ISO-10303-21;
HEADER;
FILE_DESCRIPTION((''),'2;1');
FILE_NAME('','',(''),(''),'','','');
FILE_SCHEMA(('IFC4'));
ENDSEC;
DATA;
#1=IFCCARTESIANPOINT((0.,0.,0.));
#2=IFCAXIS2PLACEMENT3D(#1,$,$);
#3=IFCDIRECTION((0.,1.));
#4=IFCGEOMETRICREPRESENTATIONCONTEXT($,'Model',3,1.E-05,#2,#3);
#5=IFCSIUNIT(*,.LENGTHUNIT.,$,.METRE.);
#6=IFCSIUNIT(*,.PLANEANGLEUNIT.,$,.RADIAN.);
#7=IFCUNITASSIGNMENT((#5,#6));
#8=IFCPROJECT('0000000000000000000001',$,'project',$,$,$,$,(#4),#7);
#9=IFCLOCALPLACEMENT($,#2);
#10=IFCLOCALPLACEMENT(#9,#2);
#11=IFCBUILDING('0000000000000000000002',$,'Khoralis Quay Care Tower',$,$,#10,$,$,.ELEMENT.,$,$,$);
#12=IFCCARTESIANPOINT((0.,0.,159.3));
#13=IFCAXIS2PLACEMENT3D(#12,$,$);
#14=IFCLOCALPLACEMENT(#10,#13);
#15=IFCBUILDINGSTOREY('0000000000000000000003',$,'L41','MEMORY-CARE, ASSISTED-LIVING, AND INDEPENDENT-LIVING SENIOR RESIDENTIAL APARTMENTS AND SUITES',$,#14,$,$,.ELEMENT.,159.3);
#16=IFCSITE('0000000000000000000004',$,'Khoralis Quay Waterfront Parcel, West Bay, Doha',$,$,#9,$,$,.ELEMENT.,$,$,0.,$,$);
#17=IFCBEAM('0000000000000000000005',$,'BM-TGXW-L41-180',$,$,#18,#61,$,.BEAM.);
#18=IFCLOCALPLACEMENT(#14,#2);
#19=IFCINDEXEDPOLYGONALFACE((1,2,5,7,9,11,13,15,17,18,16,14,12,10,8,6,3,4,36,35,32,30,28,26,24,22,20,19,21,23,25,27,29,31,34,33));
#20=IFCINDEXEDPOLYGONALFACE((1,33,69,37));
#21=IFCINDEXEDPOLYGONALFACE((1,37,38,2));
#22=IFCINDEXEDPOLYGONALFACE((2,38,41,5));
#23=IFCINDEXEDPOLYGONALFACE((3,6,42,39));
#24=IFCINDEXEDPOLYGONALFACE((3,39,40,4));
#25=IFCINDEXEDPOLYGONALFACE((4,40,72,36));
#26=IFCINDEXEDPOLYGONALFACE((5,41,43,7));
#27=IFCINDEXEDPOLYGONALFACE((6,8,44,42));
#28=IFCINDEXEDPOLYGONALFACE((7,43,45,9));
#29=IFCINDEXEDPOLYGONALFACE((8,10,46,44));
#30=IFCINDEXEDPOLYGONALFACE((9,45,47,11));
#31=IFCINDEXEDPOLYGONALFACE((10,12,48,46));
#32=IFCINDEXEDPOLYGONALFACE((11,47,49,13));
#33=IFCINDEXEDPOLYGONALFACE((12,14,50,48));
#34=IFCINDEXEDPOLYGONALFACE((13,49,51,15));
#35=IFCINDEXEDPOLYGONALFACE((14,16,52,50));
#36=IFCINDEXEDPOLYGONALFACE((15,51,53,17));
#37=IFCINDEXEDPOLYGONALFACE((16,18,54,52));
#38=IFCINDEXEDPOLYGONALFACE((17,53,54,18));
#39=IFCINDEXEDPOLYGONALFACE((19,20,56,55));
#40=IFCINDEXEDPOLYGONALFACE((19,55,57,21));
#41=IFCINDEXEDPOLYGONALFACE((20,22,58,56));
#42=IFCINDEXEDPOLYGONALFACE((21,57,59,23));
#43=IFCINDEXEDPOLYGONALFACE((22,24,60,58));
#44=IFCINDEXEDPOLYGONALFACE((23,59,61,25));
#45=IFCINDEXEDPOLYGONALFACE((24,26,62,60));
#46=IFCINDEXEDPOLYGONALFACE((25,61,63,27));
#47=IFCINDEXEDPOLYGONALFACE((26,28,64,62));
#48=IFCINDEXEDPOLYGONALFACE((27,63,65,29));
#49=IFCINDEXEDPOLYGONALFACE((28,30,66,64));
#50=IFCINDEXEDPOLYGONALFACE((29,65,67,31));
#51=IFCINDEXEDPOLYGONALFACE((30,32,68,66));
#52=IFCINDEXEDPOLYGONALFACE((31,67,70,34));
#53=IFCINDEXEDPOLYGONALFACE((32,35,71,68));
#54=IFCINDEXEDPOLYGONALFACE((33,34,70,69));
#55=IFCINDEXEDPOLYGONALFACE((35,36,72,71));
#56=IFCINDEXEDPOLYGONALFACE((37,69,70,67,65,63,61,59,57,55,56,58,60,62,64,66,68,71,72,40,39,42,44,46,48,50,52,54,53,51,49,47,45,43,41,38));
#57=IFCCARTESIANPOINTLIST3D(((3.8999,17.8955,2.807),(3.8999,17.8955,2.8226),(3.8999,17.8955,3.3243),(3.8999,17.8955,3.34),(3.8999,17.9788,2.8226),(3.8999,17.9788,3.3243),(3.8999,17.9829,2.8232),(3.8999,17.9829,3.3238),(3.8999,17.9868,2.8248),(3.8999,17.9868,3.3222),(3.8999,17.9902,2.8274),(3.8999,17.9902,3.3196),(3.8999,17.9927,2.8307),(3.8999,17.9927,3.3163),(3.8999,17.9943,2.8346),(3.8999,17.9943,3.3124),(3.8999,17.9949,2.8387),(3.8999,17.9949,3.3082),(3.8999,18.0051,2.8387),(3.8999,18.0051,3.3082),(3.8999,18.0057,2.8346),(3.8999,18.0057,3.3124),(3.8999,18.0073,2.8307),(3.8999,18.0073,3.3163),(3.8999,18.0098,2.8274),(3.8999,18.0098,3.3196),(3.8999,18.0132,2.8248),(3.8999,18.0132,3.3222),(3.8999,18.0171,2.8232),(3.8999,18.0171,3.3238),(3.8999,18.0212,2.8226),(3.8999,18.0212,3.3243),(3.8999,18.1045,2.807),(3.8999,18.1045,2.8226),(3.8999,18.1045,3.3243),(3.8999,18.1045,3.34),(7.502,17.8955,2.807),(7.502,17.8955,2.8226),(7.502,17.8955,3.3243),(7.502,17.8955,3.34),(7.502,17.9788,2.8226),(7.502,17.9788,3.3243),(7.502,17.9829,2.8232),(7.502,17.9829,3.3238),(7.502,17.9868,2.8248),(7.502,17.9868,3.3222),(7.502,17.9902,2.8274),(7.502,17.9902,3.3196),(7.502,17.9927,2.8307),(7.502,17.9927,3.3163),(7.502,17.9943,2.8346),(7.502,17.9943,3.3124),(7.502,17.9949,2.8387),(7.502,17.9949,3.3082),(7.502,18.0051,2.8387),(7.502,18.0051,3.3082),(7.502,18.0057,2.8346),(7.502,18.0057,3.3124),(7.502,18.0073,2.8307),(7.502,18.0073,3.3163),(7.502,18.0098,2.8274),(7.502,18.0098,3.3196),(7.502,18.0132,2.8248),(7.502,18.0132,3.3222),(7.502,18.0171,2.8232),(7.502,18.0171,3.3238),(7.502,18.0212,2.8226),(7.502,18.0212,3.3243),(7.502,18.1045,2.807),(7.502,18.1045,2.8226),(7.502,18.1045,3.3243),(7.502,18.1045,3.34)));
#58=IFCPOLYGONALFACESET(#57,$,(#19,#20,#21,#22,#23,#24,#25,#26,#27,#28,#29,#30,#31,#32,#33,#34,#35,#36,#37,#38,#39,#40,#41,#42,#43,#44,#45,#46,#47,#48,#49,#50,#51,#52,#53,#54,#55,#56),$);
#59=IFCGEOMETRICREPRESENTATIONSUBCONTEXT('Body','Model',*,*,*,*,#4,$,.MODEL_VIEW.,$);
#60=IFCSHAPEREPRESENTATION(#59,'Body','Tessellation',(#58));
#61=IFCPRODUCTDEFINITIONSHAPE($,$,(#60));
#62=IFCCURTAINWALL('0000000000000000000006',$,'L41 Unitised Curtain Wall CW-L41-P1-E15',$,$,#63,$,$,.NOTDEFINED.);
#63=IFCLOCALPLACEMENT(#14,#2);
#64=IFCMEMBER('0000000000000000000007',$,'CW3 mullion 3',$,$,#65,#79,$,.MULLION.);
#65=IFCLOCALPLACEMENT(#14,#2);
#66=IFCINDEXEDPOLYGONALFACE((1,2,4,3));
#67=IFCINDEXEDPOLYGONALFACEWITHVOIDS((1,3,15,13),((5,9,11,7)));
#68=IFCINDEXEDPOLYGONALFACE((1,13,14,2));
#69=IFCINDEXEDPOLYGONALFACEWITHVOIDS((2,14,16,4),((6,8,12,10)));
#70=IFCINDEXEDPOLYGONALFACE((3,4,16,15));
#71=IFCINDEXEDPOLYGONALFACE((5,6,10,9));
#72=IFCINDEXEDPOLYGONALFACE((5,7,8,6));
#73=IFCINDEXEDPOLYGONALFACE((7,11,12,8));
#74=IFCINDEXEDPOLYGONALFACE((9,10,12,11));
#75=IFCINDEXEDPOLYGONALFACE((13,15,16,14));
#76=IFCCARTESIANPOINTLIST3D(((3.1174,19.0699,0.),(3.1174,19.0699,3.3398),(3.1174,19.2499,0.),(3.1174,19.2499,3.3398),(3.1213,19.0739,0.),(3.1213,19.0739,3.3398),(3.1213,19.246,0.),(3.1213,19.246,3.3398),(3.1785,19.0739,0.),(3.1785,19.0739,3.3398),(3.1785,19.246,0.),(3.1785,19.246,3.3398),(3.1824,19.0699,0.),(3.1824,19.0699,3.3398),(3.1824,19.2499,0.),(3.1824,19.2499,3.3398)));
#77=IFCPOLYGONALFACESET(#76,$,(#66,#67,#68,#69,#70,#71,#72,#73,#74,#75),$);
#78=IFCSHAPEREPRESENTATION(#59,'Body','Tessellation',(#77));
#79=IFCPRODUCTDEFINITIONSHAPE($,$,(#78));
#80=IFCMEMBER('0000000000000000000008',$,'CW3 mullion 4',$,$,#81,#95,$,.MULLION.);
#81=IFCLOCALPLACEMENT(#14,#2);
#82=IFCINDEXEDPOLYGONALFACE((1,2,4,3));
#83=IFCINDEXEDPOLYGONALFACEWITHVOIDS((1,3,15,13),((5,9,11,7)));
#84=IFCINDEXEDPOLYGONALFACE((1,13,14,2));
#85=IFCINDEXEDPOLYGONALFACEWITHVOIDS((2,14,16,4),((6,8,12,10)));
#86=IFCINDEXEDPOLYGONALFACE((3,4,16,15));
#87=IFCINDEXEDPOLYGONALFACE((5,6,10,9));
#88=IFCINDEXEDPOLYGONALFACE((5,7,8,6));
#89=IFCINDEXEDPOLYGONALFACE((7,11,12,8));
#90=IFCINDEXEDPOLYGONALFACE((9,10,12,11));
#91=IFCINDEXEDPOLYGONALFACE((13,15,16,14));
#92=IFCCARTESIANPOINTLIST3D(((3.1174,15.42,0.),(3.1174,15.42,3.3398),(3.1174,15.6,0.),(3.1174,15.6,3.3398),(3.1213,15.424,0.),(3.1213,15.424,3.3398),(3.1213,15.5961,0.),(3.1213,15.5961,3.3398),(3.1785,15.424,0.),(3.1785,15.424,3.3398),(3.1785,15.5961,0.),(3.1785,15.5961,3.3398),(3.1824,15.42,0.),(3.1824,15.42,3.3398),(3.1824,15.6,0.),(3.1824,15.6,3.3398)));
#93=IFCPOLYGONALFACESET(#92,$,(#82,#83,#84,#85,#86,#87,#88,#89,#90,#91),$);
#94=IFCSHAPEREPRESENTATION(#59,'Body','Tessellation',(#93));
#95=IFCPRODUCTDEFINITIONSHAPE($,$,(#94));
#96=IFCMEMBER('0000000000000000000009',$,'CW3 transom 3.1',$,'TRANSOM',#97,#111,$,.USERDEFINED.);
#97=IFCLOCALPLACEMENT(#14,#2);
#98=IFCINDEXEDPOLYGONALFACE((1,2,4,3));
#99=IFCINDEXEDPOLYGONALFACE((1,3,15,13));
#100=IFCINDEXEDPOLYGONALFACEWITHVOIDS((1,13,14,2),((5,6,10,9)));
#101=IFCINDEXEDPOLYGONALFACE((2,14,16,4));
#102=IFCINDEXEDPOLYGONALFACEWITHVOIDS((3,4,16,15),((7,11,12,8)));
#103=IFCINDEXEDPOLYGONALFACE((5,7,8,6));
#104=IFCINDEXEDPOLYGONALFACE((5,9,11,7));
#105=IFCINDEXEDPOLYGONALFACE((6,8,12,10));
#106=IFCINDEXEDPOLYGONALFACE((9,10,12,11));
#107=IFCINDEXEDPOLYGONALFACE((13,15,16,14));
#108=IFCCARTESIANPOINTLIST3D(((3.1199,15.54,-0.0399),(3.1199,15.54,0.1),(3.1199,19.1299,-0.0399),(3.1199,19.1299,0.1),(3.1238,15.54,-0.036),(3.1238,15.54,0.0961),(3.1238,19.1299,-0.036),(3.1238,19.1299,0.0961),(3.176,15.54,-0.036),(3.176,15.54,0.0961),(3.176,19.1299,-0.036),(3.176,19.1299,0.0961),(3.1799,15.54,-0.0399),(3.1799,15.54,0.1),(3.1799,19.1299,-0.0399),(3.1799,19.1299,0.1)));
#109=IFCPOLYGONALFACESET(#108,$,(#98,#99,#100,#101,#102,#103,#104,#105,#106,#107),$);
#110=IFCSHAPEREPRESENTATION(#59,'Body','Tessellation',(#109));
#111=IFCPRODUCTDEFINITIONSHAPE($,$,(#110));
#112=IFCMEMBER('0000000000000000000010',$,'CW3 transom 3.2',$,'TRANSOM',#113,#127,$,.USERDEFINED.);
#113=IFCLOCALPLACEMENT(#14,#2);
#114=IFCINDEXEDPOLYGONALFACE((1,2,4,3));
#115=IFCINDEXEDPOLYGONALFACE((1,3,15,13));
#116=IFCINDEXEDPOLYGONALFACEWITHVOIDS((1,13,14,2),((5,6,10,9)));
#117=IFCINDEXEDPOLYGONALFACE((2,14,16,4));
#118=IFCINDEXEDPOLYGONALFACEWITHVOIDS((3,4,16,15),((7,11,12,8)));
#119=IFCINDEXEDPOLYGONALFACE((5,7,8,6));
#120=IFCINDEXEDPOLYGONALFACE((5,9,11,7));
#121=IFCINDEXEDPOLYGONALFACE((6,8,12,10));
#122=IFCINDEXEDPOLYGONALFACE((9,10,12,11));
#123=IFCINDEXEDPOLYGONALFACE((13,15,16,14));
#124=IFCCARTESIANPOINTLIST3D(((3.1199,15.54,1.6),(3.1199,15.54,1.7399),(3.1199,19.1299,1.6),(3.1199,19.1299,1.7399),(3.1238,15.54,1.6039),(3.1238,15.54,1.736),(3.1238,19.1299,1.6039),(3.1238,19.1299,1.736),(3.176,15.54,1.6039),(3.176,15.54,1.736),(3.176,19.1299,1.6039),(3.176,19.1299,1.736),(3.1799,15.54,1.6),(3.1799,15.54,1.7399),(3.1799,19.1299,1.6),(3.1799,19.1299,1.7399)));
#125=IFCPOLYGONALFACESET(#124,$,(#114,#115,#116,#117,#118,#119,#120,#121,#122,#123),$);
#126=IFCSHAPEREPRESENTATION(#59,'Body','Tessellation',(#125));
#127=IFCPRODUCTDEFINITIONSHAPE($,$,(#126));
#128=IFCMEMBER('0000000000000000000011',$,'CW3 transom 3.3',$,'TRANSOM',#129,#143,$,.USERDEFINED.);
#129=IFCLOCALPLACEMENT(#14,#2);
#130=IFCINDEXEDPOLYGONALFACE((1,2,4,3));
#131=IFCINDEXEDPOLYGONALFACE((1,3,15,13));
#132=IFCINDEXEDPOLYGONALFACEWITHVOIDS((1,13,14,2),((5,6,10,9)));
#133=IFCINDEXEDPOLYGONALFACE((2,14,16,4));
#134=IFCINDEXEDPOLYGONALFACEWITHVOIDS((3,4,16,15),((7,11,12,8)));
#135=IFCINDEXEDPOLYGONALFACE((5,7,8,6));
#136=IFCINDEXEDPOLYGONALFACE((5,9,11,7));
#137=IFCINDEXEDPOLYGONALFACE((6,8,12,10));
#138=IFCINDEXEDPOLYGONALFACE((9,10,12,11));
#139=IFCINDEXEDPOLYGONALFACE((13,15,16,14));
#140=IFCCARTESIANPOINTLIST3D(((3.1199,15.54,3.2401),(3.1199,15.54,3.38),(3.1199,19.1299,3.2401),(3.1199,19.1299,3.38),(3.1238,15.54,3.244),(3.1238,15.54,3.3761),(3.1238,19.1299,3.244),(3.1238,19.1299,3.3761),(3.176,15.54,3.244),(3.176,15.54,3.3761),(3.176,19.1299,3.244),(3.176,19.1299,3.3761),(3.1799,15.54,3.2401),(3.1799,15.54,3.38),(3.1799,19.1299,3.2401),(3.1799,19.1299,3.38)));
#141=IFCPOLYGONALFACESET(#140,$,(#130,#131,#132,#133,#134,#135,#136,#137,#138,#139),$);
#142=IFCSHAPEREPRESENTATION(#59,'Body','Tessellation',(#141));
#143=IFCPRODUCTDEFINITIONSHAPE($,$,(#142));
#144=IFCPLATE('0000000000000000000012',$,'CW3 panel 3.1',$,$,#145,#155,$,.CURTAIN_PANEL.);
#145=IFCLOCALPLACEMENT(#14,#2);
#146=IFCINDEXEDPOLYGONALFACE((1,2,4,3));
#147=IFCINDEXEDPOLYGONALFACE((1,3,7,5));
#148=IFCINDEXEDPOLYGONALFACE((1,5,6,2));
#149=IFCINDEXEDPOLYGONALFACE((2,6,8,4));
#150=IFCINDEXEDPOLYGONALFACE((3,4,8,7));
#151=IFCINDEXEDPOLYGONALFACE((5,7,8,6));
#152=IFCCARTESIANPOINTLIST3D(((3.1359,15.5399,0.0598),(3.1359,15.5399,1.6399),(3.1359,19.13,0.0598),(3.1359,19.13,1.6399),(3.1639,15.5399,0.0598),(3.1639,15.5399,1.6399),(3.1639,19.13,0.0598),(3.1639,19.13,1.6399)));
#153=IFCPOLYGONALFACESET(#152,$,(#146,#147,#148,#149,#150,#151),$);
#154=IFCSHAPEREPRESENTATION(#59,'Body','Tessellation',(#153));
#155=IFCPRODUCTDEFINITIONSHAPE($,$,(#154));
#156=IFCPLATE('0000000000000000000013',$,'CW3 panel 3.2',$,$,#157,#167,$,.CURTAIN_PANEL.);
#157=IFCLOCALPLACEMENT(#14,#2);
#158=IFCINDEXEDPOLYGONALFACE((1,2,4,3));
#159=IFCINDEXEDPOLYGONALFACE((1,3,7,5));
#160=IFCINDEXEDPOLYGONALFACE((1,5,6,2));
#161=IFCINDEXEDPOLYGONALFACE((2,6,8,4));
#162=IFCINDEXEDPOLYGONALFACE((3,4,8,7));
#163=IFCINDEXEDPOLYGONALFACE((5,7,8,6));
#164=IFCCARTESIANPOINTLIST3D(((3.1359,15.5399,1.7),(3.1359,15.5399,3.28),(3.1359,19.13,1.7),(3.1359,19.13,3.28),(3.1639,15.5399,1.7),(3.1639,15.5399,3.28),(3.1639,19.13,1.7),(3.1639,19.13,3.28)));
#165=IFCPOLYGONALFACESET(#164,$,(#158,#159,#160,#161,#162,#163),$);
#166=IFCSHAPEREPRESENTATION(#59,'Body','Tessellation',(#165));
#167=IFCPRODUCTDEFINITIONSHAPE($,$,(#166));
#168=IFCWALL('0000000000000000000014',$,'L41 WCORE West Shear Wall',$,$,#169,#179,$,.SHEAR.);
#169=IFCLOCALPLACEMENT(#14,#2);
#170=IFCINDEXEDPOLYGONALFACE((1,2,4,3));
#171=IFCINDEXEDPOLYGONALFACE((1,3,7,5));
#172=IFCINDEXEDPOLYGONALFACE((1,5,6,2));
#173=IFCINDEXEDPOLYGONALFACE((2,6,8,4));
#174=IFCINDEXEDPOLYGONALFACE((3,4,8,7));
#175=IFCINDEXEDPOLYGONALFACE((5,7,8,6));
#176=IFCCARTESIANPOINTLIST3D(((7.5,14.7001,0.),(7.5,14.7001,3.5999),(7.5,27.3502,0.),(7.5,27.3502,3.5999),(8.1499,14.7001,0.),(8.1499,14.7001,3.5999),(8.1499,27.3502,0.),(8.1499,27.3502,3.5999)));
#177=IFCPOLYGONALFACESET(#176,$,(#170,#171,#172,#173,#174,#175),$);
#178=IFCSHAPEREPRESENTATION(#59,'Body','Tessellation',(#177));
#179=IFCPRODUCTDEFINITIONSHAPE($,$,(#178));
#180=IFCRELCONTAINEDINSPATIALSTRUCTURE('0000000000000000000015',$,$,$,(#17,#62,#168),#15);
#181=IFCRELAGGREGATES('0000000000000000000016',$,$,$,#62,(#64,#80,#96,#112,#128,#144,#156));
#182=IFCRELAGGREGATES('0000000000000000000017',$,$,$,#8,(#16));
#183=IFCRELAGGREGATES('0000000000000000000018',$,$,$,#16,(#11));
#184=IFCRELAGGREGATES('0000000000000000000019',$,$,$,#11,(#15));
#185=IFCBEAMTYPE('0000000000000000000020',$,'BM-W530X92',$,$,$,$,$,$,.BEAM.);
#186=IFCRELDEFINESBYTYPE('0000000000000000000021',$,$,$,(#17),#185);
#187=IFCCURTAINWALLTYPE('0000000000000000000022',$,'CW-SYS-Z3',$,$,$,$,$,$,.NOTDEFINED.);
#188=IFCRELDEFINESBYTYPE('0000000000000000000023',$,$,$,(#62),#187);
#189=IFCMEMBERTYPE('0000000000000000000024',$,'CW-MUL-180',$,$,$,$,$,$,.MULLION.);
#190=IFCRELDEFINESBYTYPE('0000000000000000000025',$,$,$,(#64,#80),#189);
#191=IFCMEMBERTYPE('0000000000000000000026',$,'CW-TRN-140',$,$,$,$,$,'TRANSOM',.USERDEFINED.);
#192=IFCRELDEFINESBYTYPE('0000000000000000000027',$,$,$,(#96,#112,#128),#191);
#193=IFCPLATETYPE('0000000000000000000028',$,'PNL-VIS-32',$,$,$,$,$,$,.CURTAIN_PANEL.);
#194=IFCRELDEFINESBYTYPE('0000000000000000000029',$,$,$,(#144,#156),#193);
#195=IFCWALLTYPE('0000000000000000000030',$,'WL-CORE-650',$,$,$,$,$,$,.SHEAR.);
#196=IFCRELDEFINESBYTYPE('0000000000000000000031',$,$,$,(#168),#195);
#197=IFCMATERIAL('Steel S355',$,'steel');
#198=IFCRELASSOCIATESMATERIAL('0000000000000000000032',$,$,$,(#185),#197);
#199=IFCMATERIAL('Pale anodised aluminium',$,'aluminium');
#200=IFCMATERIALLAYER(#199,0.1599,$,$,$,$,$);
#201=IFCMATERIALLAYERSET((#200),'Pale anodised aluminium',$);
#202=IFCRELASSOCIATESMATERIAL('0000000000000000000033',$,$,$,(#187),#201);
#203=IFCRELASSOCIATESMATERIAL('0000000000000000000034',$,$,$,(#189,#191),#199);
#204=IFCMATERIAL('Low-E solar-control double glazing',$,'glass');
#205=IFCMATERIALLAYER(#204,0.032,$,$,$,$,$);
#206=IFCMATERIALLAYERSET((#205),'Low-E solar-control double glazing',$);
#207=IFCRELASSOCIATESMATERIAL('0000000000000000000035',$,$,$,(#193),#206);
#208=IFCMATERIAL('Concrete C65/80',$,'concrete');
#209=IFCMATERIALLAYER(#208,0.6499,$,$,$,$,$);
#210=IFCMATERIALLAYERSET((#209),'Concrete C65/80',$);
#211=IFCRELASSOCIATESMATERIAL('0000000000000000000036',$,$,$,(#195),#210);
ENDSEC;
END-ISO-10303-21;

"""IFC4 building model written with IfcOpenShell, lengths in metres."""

from ifc_helpers import new_model, si_unit, direction, frame, frame_2d, origin, origin_2d, place, context, subcontext, project, spatial, rectangle, hollow_rectangle, i_section, extrude, source, transform, mapped, material, layer, layer_set, material_profile, profile_set, type_object, element, aggregate, save


model = new_model("IFC4")

# Units and contexts
model_context = context("Model", 3, precision=1e-05, world=origin(), true_north=direction((0.0, 1.0)))
body_context = subcontext(model_context, "Body", "Model", "MODEL_VIEW")
ifc_project = project(units=[si_unit("LENGTHUNIT", "METRE"), si_unit("PLANEANGLEUNIT", "RADIAN")], contexts=[model_context])

# Site, building, storey
site_placement = place(None, origin())
site = spatial("IfcSite", under=ifc_project, at=site_placement, Name="Khoralis Quay Waterfront Parcel, West Bay, Doha", CompositionType="ELEMENT", RefElevation=0.0)
building_placement = place(site_placement, origin())
building = spatial("IfcBuilding", under=site, at=building_placement, Name="Khoralis Quay Care Tower", CompositionType="ELEMENT")
storey_placement = place(building_placement, frame((0.0, 0.0, 159.3)))
storey = spatial("IfcBuildingStorey", under=building, at=storey_placement, Name="L41", Description="MEMORY-CARE, ASSISTED-LIVING, AND INDEPENDENT-LIVING SENIOR RESIDENTIAL APARTMENTS AND SUITES", CompositionType="ELEMENT", Elevation=159.3)

# Shared definitions
ifc_material_1 = material(Name="Concrete C65/80", Category="concrete")

# Beam
ifc_material_2 = material(Name="Steel S355", Category="steel")
ifc_material_profile_1 = material_profile(ifc_material_2, i_section(OverallWidth=0.209, OverallDepth=0.533, WebThickness=0.0103, FlangeThickness=0.0156, FilletRadius=0.0161, at=origin_2d()), Name="Steel S355")
ifc_profile_set_1 = profile_set([ifc_material_profile_1], Name="Steel S355")
beam_type_1 = type_object("IfcBeamType", Name="BM-W530X92", PredefinedType="BEAM", material=ifc_profile_set_1)
shared_shape_1 = source(origin(), body_context, "Body", "SweptSolid", [
    extrude(i_section(OverallWidth=0.209, OverallDepth=0.533, WebThickness=0.0103, FlangeThickness=0.0156, FilletRadius=0.0161, at=origin_2d()), origin(), (0.0, 0.0, 1.0), 3.6021),
])
beam_1_placement = place(storey_placement, frame((3.8999, 18.0, 3.0735), z_axis=(1.0, 0.0, 0.0), x_axis=(0.0, 1.0, 0.0)))
element("IfcBeam", 1, at=beam_1_placement, inside=storey, type_object=beam_type_1, Name="BM-TGXW-L41-180", PredefinedType="BEAM", context=body_context, shape_type="MappedRepresentation", body=[
    mapped(shared_shape_1, transform((0.0, 0.0, 0.0), scale=1.0)),
])

# Curtain wall, members, plates
ifc_material_3 = material(Name="Pale anodised aluminium", Category="aluminium")
ifc_layer_1 = layer(ifc_material_3, 0.1599)
ifc_layer_set_1 = layer_set([ifc_layer_1], Name="Pale anodised aluminium")
curtain_wall_type = type_object("IfcCurtainWallType", Name="CW-SYS-Z3", PredefinedType="NOTDEFINED", material=ifc_layer_set_1)
curtain_wall_placement = place(storey_placement, origin())
curtain_wall = element("IfcCurtainWall", 2, at=curtain_wall_placement, inside=storey, type_object=curtain_wall_type, Name="L41 Unitised Curtain Wall CW-L41-P1-E15", PredefinedType="NOTDEFINED")
ifc_material_profile_2 = material_profile(ifc_material_3, hollow_rectangle(XDim=0.0649, YDim=0.1799, WallThickness=0.0039, at=origin_2d()), Name="Pale anodised aluminium")
ifc_profile_set_2 = profile_set([ifc_material_profile_2], Name="Pale anodised aluminium")
member_type_1 = type_object("IfcMemberType", Name="CW-MUL-180", PredefinedType="MULLION", material=ifc_profile_set_2)
shared_shape_2 = source(origin(), body_context, "Body", "SweptSolid", [
    extrude(hollow_rectangle(XDim=0.0649, YDim=0.1799, WallThickness=0.0039, at=origin_2d()), origin(), (0.0, 0.0, 1.0), 3.3398),
])
member_1_placement = place(storey_placement, frame((3.1499, 19.1599, 0.0), z_axis=(0.0, 0.0, 1.0), x_axis=(1.0, 0.0, 0.0)))
member_1 = element("IfcMember", 3, at=member_1_placement, type_object=member_type_1, Name="CW3 mullion 3", PredefinedType="MULLION", context=body_context, shape_type="MappedRepresentation", body=[
    mapped(shared_shape_2, transform((0.0, 0.0, 0.0), scale=1.0)),
])
member_2_placement = place(storey_placement, frame((3.1499, 15.51, 0.0), z_axis=(0.0, 0.0, 1.0), x_axis=(1.0, 0.0, 0.0)))
member_2 = element("IfcMember", 4, at=member_2_placement, type_object=member_type_1, Name="CW3 mullion 4", PredefinedType="MULLION", context=body_context, shape_type="MappedRepresentation", body=[
    mapped(shared_shape_2, transform((0.0, 0.0, 0.0), scale=1.0)),
])
ifc_material_profile_3 = material_profile(ifc_material_3, hollow_rectangle(XDim=0.0601, YDim=0.1399, WallThickness=0.0039, at=origin_2d()), Name="Pale anodised aluminium")
ifc_profile_set_3 = profile_set([ifc_material_profile_3], Name="Pale anodised aluminium")
member_type_2 = type_object("IfcMemberType", Name="CW-TRN-140", ElementType="TRANSOM", PredefinedType="USERDEFINED", material=ifc_profile_set_3)
shared_shape_3 = source(origin(), body_context, "Body", "SweptSolid", [
    extrude(hollow_rectangle(XDim=0.0601, YDim=0.1399, WallThickness=0.0039, at=origin_2d()), origin(), (0.0, 0.0, 1.0), 3.5898),
])
member_3_placement = place(storey_placement, frame((3.1499, 19.1299, 0.03), z_axis=(0.0, -1.0, 0.0), x_axis=(1.0, 0.0, 0.0)))
member_3 = element("IfcMember", 5, at=member_3_placement, type_object=member_type_2, Name="CW3 transom 3.1", ObjectType="TRANSOM", PredefinedType="USERDEFINED", context=body_context, shape_type="MappedRepresentation", body=[
    mapped(shared_shape_3, transform((0.0, 0.0, 0.0), scale=1.0)),
])
member_4_placement = place(storey_placement, frame((3.1499, 19.1299, 1.6699), z_axis=(0.0, -1.0, 0.0), x_axis=(1.0, 0.0, 0.0)))
member_4 = element("IfcMember", 6, at=member_4_placement, type_object=member_type_2, Name="CW3 transom 3.2", ObjectType="TRANSOM", PredefinedType="USERDEFINED", context=body_context, shape_type="MappedRepresentation", body=[
    mapped(shared_shape_3, transform((0.0, 0.0, 0.0), scale=1.0)),
])
member_5_placement = place(storey_placement, frame((3.1499, 19.1299, 3.3101), z_axis=(0.0, -1.0, 0.0), x_axis=(1.0, 0.0, 0.0)))
member_5 = element("IfcMember", 7, at=member_5_placement, type_object=member_type_2, Name="CW3 transom 3.3", ObjectType="TRANSOM", PredefinedType="USERDEFINED", context=body_context, shape_type="MappedRepresentation", body=[
    mapped(shared_shape_3, transform((0.0, 0.0, 0.0), scale=1.0)),
])
ifc_material_4 = material(Name="Low-E solar-control double glazing", Category="glass")
ifc_layer_2 = layer(ifc_material_4, 0.032)
ifc_layer_set_2 = layer_set([ifc_layer_2], Name="Low-E solar-control double glazing")
plate_type = type_object("IfcPlateType", Name="PNL-VIS-32", PredefinedType="CURTAIN_PANEL", material=ifc_layer_set_2)
shared_shape_4 = source(origin(), body_context, "Body", "SweptSolid", [
    extrude(rectangle(XDim=3.5901, YDim=0.0281, at=origin_2d()), origin(), (0.0, 0.0, 1.0), 1.5801),
])
plate_1_placement = place(storey_placement, frame((3.1499, 17.335, 0.0598), z_axis=(0.0, 0.0, 1.0), x_axis=(0.0, -1.0, 0.0)))
plate_1 = element("IfcPlate", 8, at=plate_1_placement, type_object=plate_type, Name="CW3 panel 3.1", PredefinedType="CURTAIN_PANEL", context=body_context, shape_type="MappedRepresentation", body=[
    mapped(shared_shape_4, transform((0.0, 0.0, 0.0), scale=1.0)),
])
plate_2_placement = place(storey_placement, frame((3.1499, 17.335, 1.7), z_axis=(0.0, 0.0, 1.0), x_axis=(0.0, -1.0, 0.0)))
plate_2 = element("IfcPlate", 9, at=plate_2_placement, type_object=plate_type, Name="CW3 panel 3.2", PredefinedType="CURTAIN_PANEL", context=body_context, shape_type="MappedRepresentation", body=[
    mapped(shared_shape_4, transform((0.0, 0.0, 0.0), scale=1.0)),
])
aggregate(curtain_wall, [member_1, member_2, member_3, member_4, member_5, plate_1, plate_2])

# Wall
ifc_layer_3 = layer(ifc_material_1, 0.6499)
ifc_layer_set_3 = layer_set([ifc_layer_3], Name="Concrete C65/80")
wall_type_1 = type_object("IfcWallType", Name="WL-CORE-650", PredefinedType="SHEAR", material=ifc_layer_set_3)
wall_1_placement = place(storey_placement, frame((7.825, 14.7, 0.0), z_axis=(0.0, 0.0, 1.0), x_axis=(0.0, 1.0, 0.0)))
element("IfcWall", 10, at=wall_1_placement, inside=storey, type_object=wall_type_1, Name="L41 WCORE West Shear Wall", PredefinedType="SHEAR", context=body_context, shape_type="SweptSolid", body=[
    extrude(rectangle(XDim=12.6501, YDim=0.6499, at=frame_2d((6.3252, 0.0))), origin(), (0.0, 0.0, 1.0), 3.5999),
])

save(model, "model.ifc")
